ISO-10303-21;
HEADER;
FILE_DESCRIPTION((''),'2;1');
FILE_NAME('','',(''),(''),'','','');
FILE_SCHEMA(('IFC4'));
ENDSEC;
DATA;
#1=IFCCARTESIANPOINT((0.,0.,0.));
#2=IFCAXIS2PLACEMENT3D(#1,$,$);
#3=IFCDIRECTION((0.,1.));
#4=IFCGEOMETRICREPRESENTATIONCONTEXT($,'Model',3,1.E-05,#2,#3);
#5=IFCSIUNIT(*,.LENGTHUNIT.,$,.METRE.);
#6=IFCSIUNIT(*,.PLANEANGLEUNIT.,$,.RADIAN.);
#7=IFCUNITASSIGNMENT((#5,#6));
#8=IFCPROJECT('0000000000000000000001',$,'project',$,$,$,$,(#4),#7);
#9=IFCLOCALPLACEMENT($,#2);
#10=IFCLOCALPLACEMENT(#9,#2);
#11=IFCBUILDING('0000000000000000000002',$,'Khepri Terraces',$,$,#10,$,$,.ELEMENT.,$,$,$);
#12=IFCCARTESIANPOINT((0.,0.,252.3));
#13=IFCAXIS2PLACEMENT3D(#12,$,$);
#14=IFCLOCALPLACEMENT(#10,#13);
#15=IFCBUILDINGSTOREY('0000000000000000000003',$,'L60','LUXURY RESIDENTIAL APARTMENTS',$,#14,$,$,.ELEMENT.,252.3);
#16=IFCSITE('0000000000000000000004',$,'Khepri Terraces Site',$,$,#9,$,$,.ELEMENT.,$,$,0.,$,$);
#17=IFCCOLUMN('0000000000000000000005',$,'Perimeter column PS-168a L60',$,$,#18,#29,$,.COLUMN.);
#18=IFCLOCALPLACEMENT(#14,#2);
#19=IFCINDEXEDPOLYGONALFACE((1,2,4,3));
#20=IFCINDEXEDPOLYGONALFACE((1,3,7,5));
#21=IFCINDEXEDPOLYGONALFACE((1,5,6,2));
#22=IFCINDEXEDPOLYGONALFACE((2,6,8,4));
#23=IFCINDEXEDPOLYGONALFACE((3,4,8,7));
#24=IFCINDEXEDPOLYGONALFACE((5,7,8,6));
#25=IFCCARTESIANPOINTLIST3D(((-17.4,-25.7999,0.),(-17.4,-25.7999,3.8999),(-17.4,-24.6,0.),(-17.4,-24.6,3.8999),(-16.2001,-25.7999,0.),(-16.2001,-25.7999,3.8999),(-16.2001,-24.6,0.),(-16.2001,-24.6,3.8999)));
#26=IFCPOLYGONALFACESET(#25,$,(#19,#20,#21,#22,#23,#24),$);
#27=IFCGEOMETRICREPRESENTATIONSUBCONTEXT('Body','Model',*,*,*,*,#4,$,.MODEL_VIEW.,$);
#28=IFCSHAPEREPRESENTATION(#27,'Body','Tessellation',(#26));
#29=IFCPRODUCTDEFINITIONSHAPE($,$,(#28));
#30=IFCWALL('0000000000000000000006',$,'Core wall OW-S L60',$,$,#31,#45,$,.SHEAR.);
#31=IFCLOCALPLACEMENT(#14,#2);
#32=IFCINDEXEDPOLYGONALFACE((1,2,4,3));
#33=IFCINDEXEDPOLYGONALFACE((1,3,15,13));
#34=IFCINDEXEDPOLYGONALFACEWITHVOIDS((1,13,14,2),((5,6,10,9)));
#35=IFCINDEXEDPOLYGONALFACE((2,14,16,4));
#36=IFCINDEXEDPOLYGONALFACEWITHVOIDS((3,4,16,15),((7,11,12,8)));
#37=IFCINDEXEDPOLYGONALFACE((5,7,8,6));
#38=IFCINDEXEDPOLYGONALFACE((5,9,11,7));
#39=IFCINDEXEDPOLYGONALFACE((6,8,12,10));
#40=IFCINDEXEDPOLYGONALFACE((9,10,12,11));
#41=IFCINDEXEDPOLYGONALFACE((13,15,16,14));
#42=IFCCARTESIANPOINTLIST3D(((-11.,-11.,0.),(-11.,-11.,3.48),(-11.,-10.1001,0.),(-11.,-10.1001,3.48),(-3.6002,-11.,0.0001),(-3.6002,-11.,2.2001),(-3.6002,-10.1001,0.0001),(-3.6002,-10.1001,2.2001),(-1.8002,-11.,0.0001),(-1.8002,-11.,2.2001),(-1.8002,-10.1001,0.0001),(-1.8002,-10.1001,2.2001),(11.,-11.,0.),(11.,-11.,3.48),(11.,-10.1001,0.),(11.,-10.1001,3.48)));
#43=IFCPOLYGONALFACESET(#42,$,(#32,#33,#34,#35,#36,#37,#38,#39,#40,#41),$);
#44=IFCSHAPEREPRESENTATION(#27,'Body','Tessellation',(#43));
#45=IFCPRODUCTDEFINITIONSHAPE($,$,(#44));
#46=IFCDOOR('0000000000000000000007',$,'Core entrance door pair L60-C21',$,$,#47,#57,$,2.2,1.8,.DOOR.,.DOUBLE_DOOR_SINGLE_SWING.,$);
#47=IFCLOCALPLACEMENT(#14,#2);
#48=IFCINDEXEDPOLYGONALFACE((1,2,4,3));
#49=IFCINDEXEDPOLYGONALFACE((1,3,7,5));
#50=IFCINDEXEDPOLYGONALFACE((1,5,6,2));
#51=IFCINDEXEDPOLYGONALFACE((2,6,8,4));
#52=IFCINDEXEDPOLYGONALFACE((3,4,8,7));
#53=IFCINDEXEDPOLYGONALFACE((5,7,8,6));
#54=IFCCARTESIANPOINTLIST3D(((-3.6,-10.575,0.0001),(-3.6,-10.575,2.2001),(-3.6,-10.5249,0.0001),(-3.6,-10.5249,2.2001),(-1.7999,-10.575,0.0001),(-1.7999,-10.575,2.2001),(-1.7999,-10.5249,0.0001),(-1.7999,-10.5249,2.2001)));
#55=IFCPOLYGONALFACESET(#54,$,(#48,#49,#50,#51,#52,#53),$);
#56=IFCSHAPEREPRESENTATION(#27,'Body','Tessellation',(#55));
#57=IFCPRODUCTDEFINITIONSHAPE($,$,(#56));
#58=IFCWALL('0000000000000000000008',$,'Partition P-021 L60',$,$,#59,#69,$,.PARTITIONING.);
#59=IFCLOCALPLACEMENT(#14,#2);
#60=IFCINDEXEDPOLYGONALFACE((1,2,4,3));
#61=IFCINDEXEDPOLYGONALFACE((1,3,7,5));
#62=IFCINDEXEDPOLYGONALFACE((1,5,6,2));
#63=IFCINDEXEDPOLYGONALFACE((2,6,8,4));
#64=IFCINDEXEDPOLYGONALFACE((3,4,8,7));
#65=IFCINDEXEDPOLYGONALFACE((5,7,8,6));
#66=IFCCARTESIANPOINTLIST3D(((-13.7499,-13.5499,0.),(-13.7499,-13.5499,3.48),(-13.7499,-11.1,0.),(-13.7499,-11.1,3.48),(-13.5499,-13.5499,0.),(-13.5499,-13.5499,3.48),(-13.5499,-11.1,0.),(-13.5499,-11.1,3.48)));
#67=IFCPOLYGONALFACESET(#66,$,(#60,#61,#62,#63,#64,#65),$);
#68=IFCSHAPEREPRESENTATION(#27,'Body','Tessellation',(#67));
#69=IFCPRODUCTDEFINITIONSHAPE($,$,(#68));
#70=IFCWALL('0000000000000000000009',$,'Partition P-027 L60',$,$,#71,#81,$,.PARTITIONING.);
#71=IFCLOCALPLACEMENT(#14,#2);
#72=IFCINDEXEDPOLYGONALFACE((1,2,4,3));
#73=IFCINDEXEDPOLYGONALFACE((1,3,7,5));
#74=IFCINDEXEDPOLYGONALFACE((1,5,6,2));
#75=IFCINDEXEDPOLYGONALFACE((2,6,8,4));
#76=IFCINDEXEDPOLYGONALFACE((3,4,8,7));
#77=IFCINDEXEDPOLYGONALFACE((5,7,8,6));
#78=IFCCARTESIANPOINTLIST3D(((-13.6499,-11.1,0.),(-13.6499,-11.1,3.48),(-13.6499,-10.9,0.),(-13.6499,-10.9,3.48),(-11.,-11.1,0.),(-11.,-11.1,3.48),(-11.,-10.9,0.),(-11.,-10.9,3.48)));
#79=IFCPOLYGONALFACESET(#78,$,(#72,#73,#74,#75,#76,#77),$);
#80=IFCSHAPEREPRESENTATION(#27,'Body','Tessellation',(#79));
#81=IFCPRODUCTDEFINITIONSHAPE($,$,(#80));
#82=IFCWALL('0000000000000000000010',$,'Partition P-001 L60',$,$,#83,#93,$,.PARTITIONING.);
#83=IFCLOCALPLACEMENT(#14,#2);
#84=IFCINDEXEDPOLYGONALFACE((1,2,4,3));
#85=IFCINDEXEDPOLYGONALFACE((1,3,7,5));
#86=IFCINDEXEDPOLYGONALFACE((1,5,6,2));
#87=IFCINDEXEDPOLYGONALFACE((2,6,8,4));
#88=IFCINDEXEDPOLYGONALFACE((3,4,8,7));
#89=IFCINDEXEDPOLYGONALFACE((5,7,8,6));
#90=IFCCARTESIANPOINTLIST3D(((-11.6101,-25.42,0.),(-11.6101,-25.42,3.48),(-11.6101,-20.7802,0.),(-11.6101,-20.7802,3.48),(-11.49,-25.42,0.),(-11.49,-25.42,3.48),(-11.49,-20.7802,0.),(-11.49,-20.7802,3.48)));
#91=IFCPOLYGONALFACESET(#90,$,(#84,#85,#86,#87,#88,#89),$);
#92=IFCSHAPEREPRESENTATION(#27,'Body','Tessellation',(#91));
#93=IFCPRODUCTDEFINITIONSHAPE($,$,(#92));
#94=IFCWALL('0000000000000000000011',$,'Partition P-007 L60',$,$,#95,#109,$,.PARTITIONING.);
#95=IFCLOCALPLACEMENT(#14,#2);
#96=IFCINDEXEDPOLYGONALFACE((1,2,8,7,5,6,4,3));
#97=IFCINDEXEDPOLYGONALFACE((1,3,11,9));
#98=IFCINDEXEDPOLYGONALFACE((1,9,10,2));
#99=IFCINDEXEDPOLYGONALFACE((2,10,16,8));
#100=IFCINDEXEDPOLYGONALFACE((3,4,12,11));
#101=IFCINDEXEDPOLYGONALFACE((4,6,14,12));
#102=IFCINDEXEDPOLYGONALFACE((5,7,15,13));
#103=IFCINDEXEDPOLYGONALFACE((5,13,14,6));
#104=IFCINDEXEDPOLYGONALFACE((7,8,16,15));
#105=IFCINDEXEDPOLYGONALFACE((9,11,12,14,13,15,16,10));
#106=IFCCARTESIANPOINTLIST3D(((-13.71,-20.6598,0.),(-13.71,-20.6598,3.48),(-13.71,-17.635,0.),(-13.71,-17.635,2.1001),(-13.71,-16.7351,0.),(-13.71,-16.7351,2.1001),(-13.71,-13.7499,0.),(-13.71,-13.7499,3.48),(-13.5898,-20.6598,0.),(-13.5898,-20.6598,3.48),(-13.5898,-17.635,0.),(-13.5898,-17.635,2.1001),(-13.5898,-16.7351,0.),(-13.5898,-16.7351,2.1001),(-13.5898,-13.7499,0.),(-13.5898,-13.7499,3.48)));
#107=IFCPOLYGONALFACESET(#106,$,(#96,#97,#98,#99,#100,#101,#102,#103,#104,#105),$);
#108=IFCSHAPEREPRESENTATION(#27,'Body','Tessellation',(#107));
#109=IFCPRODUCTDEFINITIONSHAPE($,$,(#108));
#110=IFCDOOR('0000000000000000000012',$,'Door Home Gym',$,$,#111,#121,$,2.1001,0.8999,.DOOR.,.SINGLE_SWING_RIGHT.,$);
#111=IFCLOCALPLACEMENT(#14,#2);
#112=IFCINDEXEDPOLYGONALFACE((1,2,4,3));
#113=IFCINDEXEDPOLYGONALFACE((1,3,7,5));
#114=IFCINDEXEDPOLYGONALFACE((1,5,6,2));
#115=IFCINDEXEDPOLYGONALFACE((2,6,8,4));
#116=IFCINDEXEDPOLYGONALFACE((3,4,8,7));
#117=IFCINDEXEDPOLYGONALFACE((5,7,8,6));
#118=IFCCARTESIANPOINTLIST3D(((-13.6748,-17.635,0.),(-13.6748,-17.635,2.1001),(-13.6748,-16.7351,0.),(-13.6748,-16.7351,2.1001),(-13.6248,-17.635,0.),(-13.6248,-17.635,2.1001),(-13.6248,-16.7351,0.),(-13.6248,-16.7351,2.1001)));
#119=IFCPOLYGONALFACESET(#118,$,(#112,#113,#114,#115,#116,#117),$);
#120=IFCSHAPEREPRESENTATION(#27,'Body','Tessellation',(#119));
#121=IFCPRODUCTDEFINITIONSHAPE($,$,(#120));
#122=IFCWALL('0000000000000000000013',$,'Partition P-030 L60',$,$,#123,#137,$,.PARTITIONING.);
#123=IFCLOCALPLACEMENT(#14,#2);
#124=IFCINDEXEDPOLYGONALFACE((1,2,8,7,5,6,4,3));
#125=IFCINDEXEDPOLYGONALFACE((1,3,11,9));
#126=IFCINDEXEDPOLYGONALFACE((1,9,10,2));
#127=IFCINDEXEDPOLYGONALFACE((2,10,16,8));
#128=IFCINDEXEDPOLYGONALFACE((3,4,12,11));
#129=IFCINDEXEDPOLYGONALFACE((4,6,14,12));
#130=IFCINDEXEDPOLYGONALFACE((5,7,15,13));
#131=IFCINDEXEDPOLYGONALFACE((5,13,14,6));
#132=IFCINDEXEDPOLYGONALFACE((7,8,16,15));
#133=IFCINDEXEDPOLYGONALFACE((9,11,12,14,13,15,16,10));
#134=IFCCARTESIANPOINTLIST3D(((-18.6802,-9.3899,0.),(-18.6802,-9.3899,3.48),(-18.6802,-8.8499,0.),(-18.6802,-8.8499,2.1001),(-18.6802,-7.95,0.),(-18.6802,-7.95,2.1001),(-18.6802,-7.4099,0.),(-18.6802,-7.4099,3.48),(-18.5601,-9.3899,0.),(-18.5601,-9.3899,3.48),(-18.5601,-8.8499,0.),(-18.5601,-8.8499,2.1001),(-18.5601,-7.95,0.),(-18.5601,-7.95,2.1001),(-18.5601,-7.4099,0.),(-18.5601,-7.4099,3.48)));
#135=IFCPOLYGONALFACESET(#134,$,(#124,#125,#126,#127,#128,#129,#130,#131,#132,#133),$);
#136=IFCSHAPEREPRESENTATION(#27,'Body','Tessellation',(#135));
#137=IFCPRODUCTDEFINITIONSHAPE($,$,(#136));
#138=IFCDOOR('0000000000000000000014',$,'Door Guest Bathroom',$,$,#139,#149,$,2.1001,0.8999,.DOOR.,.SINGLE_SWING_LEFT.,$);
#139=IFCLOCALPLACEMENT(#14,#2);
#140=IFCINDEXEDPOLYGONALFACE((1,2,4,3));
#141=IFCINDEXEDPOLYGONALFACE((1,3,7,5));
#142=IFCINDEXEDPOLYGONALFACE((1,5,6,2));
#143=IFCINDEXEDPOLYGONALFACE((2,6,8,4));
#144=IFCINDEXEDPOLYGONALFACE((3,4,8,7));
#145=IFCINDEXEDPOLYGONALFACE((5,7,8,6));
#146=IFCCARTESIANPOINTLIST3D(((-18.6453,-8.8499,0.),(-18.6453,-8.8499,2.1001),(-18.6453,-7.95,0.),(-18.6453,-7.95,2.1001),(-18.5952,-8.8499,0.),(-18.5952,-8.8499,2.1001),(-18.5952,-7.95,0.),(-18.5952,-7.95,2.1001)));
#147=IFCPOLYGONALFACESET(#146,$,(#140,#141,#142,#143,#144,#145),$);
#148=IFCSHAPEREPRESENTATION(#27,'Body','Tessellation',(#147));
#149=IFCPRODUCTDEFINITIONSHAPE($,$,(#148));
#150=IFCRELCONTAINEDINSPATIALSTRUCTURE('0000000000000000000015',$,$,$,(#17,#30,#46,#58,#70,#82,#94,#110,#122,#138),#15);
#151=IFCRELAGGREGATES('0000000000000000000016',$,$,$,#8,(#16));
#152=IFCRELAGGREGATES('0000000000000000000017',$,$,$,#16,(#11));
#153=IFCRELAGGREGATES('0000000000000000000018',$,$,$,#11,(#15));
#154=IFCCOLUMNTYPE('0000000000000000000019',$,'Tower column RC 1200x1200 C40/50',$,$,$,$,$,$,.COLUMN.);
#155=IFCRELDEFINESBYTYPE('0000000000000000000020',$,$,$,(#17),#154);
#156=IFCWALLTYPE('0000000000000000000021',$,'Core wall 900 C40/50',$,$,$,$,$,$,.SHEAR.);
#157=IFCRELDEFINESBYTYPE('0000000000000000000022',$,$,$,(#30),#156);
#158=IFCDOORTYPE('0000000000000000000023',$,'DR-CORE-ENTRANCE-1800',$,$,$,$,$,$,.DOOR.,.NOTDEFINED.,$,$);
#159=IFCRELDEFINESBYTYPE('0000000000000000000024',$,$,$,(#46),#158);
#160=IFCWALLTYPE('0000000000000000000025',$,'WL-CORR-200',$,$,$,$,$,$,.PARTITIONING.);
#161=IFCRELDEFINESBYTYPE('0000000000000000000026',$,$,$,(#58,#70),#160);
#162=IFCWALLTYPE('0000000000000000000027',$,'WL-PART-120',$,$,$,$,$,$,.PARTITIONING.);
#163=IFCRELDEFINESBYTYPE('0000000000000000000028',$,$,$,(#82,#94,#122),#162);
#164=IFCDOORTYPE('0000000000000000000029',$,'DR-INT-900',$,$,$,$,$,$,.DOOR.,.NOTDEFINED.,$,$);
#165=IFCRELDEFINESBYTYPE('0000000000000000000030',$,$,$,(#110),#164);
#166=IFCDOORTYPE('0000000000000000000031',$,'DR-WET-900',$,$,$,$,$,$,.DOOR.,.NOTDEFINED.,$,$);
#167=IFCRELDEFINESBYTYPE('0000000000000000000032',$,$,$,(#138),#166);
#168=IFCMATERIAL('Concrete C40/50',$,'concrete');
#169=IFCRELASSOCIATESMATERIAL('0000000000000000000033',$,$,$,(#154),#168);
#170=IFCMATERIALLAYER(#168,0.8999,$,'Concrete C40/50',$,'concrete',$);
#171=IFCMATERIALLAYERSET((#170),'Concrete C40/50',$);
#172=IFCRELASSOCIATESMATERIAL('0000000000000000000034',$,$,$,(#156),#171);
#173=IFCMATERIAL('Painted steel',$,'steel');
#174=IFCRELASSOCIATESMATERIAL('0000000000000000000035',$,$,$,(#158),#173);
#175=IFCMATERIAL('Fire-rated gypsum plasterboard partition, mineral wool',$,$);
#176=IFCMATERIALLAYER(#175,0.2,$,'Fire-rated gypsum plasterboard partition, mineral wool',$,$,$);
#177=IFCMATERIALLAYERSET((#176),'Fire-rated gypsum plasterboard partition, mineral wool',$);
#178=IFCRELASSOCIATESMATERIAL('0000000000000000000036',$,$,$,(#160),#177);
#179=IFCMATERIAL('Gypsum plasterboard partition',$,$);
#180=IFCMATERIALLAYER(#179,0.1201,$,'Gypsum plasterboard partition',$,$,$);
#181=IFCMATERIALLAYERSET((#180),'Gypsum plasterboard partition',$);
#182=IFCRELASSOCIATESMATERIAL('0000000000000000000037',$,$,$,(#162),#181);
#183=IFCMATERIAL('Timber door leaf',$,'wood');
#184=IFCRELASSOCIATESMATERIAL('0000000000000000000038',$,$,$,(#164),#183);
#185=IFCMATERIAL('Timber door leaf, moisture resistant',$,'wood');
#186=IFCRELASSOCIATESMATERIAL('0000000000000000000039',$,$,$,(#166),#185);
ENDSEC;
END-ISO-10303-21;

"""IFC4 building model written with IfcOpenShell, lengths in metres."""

from ifc_helpers import new_model, si_unit, direction, frame, frame_2d, origin, origin_2d, place, context, subcontext, project, spatial, rectangle, extrude, material, layer, layer_set, material_profile, profile_set, type_object, element, fill, save


model = new_model("IFC4")

# Units and contexts
model_context = context("Model", 3, precision=1e-05, world=origin(), true_north=direction((0.0, 1.0)))
body_context = subcontext(model_context, "Body", "Model", "MODEL_VIEW")
ifc_project = project(units=[si_unit("LENGTHUNIT", "METRE"), si_unit("PLANEANGLEUNIT", "RADIAN")], contexts=[model_context])

# Site, building, storey
site_placement = place(None, origin())
site = spatial("IfcSite", under=ifc_project, at=site_placement, Name="Khepri Terraces Site", CompositionType="ELEMENT", RefElevation=0.0)
building_placement = place(site_placement, origin())
building = spatial("IfcBuilding", under=site, at=building_placement, Name="Khepri Terraces", CompositionType="ELEMENT")
storey_placement = place(building_placement, frame((0.0, 0.0, 252.3)))
storey = spatial("IfcBuildingStorey", under=building, at=storey_placement, Name="L60", Description="LUXURY RESIDENTIAL APARTMENTS", CompositionType="ELEMENT", Elevation=252.3)

# Column
ifc_material_1 = material(Name="Concrete C40/50", Category="concrete")
ifc_material_profile = material_profile(ifc_material_1, rectangle(XDim=1.2, YDim=1.2, at=origin_2d()), Name="Concrete C40/50", Category="concrete")
ifc_profile_set = profile_set([ifc_material_profile], Name="Concrete C40/50")
column_type = type_object("IfcColumnType", Name="Tower column RC 1200x1200 C40/50", PredefinedType="COLUMN", material=ifc_profile_set)
column_placement = place(storey_placement, frame((-16.8, -25.2, 0.0), z_axis=(0.0, 0.0, 1.0), x_axis=(1.0, 0.0, 0.0)))
element("IfcColumn", 1, at=column_placement, inside=storey, type_object=column_type, Name="Perimeter column PS-168a L60", PredefinedType="COLUMN", context=body_context, shape_type="SweptSolid", body=[
    extrude(rectangle(XDim=1.2, YDim=1.2, at=origin_2d()), origin(), (0.0, 0.0, 1.0), 3.8999),
])

# Wall, opening, door
ifc_layer_1 = layer(ifc_material_1, 0.8999, Name="Concrete C40/50", Category="concrete")
ifc_layer_set_1 = layer_set([ifc_layer_1], Name="Concrete C40/50")
wall_type_1 = type_object("IfcWallType", Name="Core wall 900 C40/50", PredefinedType="SHEAR", material=ifc_layer_set_1)
wall_1_placement = place(storey_placement, frame((-11.0, -10.55, 0.0), z_axis=(0.0, 0.0, 1.0), x_axis=(1.0, 0.0, 0.0)))
wall_1 = element("IfcWall", 2, at=wall_1_placement, inside=storey, type_object=wall_type_1, Name="Core wall OW-S L60", PredefinedType="SHEAR", context=body_context, shape_type="SweptSolid", body=[
    extrude(rectangle(XDim=22.0, YDim=0.8999, at=frame_2d((11.0, 0.0))), origin(), (0.0, 0.0, 1.0), 3.48),
])
opening_1_placement = place(wall_1_placement, frame((7.3999, 0.0, 0.0)))
opening_1 = element("IfcOpeningElement", 3, at=opening_1_placement, cuts=wall_1, PredefinedType="OPENING", context=body_context, shape_type="SweptSolid", body=[
    extrude(rectangle(XDim=1.8, YDim=2.2, at=frame_2d((0.8999, 1.1001))), frame((0.0, 0.46, 0.0), z_axis=(0.0, -1.0, 0.0), x_axis=(1.0, 0.0, 0.0)), (0.0, 0.0, 1.0), 0.9199),
])
ifc_material_2 = material(Name="Painted steel", Category="steel")
door_type_1 = type_object("IfcDoorType", Name="DR-CORE-ENTRANCE-1800", OperationType="NOTDEFINED", PredefinedType="DOOR", material=ifc_material_2)
door_1_placement = place(opening_1_placement, frame((1.8, 0.0, 0.0), z_axis=(0.0, 0.0, 1.0), x_axis=(-1.0, 0.0, 0.0)))
door_1 = element("IfcDoor", 4, at=door_1_placement, inside=storey, type_object=door_type_1, Name="Core entrance door pair L60-C21", OperationType="DOUBLE_DOOR_SINGLE_SWING", OverallHeight=2.2, OverallWidth=1.8, PredefinedType="DOOR", context=body_context, shape_type="SweptSolid", body=[
    extrude(rectangle(XDim=1.8, YDim=2.2, at=frame_2d((0.8999, 1.1001))), frame((0.0, 0.0249, 0.0), z_axis=(0.0, -1.0, 0.0), x_axis=(1.0, 0.0, 0.0)), (0.0, 0.0, 1.0), 0.05),
])
fill(opening_1, door_1)

# Walls
ifc_material_3 = material(Name="Fire-rated gypsum plasterboard partition, mineral wool")
ifc_layer_2 = layer(ifc_material_3, 0.2, Name="Fire-rated gypsum plasterboard partition, mineral wool")
ifc_layer_set_2 = layer_set([ifc_layer_2], Name="Fire-rated gypsum plasterboard partition, mineral wool")
wall_type_2 = type_object("IfcWallType", Name="WL-CORR-200", PredefinedType="PARTITIONING", material=ifc_layer_set_2)
wall_2_placement = place(storey_placement, frame((-13.6499, -13.55, 0.0), z_axis=(0.0, 0.0, 1.0), x_axis=(0.0, 1.0, 0.0)))
element("IfcWall", 5, at=wall_2_placement, inside=storey, type_object=wall_type_2, Name="Partition P-021 L60", PredefinedType="PARTITIONING", context=body_context, shape_type="SweptSolid", body=[
    extrude(rectangle(XDim=2.45, YDim=0.2, at=frame_2d((1.2251, 0.0))), origin(), (0.0, 0.0, 1.0), 3.48),
])
wall_3_placement = place(storey_placement, frame((-13.6499, -11.0, 0.0), z_axis=(0.0, 0.0, 1.0), x_axis=(1.0, 0.0, 0.0)))
element("IfcWall", 6, at=wall_3_placement, inside=storey, type_object=wall_type_2, Name="Partition P-027 L60", PredefinedType="PARTITIONING", context=body_context, shape_type="SweptSolid", body=[
    extrude(rectangle(XDim=2.6499, YDim=0.2, at=frame_2d((1.325, 0.0))), origin(), (0.0, 0.0, 1.0), 3.48),
])

# Wall
ifc_material_4 = material(Name="Gypsum plasterboard partition")
ifc_layer_3 = layer(ifc_material_4, 0.1201, Name="Gypsum plasterboard partition")
ifc_layer_set_3 = layer_set([ifc_layer_3], Name="Gypsum plasterboard partition")
wall_type_3 = type_object("IfcWallType", Name="WL-PART-120", PredefinedType="PARTITIONING", material=ifc_layer_set_3)
wall_4_placement = place(storey_placement, frame((-11.55, -25.4199, 0.0), z_axis=(0.0, 0.0, 1.0), x_axis=(0.0, 1.0, 0.0)))
element("IfcWall", 7, at=wall_4_placement, inside=storey, type_object=wall_type_3, Name="Partition P-001 L60", PredefinedType="PARTITIONING", context=body_context, shape_type="SweptSolid", body=[
    extrude(rectangle(XDim=4.6399, YDim=0.1201, at=frame_2d((2.3198, 0.0))), origin(), (0.0, 0.0, 1.0), 3.48),
])

# Walls, openings, doors
wall_5_placement = place(storey_placement, frame((-13.6499, -20.6599, 0.0), z_axis=(0.0, 0.0, 1.0), x_axis=(0.0, 1.0, 0.0)))
wall_5 = element("IfcWall", 8, at=wall_5_placement, inside=storey, type_object=wall_type_3, Name="Partition P-007 L60", PredefinedType="PARTITIONING", context=body_context, shape_type="SweptSolid", body=[
    extrude(rectangle(XDim=6.9099, YDim=0.1201, at=frame_2d((3.4551, 0.0))), origin(), (0.0, 0.0, 1.0), 3.48),
])
opening_2_placement = place(wall_5_placement, frame((3.0249, 0.0, 0.0)))
opening_2 = element("IfcOpeningElement", 9, at=opening_2_placement, cuts=wall_5, PredefinedType="OPENING", context=body_context, shape_type="SweptSolid", body=[
    extrude(rectangle(XDim=0.8999, YDim=2.1001, at=frame_2d((0.45, 1.05))), frame((0.0, 0.0701, 0.0), z_axis=(0.0, -1.0, 0.0), x_axis=(1.0, 0.0, 0.0)), (0.0, 0.0, 1.0), 0.1401),
])
ifc_material_5 = material(Name="Timber door leaf", Category="wood")
door_type_2 = type_object("IfcDoorType", Name="DR-INT-900", OperationType="NOTDEFINED", PredefinedType="DOOR", material=ifc_material_5)
door_2_placement = place(opening_2_placement, origin())
door_2 = element("IfcDoor", 10, at=door_2_placement, inside=storey, type_object=door_type_2, Name="Door Home Gym", OperationType="SINGLE_SWING_RIGHT", OverallHeight=2.1001, OverallWidth=0.8999, PredefinedType="DOOR", context=body_context, shape_type="SweptSolid", body=[
    extrude(rectangle(XDim=0.8999, YDim=2.1001, at=frame_2d((0.45, 1.05))), frame((0.0, 0.0249, 0.0), z_axis=(0.0, -1.0, 0.0), x_axis=(1.0, 0.0, 0.0)), (0.0, 0.0, 1.0), 0.05),
])
fill(opening_2, door_2)
wall_6_placement = place(storey_placement, frame((-18.6201, -9.3899, 0.0), z_axis=(0.0, 0.0, 1.0), x_axis=(0.0, 1.0, 0.0)))
wall_6 = element("IfcWall", 11, at=wall_6_placement, inside=storey, type_object=wall_type_3, Name="Partition P-030 L60", PredefinedType="PARTITIONING", context=body_context, shape_type="SweptSolid", body=[
    extrude(rectangle(XDim=1.98, YDim=0.1201, at=frame_2d((0.99, 0.0))), origin(), (0.0, 0.0, 1.0), 3.48),
])
opening_3_placement = place(wall_6_placement, frame((0.54, 0.0, 0.0)))
opening_3 = element("IfcOpeningElement", 12, at=opening_3_placement, cuts=wall_6, PredefinedType="OPENING", context=body_context, shape_type="SweptSolid", body=[
    extrude(rectangle(XDim=0.8999, YDim=2.1001, at=frame_2d((0.45, 1.05))), frame((0.0, 0.0701, 0.0), z_axis=(0.0, -1.0, 0.0), x_axis=(1.0, 0.0, 0.0)), (0.0, 0.0, 1.0), 0.1401),
])
ifc_material_6 = material(Name="Timber door leaf, moisture resistant", Category="wood")
door_type_3 = type_object("IfcDoorType", Name="DR-WET-900", OperationType="NOTDEFINED", PredefinedType="DOOR", material=ifc_material_6)
door_3_placement = place(opening_3_placement, frame((0.8999, 0.0, 0.0), z_axis=(0.0, 0.0, 1.0), x_axis=(-1.0, 0.0, 0.0)))
door_3 = element("IfcDoor", 13, at=door_3_placement, inside=storey, type_object=door_type_3, Name="Door Guest Bathroom", OperationType="SINGLE_SWING_LEFT", OverallHeight=2.1001, OverallWidth=0.8999, PredefinedType="DOOR", context=body_context, shape_type="SweptSolid", body=[
    extrude(rectangle(XDim=0.8999, YDim=2.1001, at=frame_2d((0.45, 1.05))), frame((0.0, 0.0249, 0.0), z_axis=(0.0, -1.0, 0.0), x_axis=(1.0, 0.0, 0.0)), (0.0, 0.0, 1.0), 0.05),
])
fill(opening_3, door_3)

save(model, "model.ifc")
